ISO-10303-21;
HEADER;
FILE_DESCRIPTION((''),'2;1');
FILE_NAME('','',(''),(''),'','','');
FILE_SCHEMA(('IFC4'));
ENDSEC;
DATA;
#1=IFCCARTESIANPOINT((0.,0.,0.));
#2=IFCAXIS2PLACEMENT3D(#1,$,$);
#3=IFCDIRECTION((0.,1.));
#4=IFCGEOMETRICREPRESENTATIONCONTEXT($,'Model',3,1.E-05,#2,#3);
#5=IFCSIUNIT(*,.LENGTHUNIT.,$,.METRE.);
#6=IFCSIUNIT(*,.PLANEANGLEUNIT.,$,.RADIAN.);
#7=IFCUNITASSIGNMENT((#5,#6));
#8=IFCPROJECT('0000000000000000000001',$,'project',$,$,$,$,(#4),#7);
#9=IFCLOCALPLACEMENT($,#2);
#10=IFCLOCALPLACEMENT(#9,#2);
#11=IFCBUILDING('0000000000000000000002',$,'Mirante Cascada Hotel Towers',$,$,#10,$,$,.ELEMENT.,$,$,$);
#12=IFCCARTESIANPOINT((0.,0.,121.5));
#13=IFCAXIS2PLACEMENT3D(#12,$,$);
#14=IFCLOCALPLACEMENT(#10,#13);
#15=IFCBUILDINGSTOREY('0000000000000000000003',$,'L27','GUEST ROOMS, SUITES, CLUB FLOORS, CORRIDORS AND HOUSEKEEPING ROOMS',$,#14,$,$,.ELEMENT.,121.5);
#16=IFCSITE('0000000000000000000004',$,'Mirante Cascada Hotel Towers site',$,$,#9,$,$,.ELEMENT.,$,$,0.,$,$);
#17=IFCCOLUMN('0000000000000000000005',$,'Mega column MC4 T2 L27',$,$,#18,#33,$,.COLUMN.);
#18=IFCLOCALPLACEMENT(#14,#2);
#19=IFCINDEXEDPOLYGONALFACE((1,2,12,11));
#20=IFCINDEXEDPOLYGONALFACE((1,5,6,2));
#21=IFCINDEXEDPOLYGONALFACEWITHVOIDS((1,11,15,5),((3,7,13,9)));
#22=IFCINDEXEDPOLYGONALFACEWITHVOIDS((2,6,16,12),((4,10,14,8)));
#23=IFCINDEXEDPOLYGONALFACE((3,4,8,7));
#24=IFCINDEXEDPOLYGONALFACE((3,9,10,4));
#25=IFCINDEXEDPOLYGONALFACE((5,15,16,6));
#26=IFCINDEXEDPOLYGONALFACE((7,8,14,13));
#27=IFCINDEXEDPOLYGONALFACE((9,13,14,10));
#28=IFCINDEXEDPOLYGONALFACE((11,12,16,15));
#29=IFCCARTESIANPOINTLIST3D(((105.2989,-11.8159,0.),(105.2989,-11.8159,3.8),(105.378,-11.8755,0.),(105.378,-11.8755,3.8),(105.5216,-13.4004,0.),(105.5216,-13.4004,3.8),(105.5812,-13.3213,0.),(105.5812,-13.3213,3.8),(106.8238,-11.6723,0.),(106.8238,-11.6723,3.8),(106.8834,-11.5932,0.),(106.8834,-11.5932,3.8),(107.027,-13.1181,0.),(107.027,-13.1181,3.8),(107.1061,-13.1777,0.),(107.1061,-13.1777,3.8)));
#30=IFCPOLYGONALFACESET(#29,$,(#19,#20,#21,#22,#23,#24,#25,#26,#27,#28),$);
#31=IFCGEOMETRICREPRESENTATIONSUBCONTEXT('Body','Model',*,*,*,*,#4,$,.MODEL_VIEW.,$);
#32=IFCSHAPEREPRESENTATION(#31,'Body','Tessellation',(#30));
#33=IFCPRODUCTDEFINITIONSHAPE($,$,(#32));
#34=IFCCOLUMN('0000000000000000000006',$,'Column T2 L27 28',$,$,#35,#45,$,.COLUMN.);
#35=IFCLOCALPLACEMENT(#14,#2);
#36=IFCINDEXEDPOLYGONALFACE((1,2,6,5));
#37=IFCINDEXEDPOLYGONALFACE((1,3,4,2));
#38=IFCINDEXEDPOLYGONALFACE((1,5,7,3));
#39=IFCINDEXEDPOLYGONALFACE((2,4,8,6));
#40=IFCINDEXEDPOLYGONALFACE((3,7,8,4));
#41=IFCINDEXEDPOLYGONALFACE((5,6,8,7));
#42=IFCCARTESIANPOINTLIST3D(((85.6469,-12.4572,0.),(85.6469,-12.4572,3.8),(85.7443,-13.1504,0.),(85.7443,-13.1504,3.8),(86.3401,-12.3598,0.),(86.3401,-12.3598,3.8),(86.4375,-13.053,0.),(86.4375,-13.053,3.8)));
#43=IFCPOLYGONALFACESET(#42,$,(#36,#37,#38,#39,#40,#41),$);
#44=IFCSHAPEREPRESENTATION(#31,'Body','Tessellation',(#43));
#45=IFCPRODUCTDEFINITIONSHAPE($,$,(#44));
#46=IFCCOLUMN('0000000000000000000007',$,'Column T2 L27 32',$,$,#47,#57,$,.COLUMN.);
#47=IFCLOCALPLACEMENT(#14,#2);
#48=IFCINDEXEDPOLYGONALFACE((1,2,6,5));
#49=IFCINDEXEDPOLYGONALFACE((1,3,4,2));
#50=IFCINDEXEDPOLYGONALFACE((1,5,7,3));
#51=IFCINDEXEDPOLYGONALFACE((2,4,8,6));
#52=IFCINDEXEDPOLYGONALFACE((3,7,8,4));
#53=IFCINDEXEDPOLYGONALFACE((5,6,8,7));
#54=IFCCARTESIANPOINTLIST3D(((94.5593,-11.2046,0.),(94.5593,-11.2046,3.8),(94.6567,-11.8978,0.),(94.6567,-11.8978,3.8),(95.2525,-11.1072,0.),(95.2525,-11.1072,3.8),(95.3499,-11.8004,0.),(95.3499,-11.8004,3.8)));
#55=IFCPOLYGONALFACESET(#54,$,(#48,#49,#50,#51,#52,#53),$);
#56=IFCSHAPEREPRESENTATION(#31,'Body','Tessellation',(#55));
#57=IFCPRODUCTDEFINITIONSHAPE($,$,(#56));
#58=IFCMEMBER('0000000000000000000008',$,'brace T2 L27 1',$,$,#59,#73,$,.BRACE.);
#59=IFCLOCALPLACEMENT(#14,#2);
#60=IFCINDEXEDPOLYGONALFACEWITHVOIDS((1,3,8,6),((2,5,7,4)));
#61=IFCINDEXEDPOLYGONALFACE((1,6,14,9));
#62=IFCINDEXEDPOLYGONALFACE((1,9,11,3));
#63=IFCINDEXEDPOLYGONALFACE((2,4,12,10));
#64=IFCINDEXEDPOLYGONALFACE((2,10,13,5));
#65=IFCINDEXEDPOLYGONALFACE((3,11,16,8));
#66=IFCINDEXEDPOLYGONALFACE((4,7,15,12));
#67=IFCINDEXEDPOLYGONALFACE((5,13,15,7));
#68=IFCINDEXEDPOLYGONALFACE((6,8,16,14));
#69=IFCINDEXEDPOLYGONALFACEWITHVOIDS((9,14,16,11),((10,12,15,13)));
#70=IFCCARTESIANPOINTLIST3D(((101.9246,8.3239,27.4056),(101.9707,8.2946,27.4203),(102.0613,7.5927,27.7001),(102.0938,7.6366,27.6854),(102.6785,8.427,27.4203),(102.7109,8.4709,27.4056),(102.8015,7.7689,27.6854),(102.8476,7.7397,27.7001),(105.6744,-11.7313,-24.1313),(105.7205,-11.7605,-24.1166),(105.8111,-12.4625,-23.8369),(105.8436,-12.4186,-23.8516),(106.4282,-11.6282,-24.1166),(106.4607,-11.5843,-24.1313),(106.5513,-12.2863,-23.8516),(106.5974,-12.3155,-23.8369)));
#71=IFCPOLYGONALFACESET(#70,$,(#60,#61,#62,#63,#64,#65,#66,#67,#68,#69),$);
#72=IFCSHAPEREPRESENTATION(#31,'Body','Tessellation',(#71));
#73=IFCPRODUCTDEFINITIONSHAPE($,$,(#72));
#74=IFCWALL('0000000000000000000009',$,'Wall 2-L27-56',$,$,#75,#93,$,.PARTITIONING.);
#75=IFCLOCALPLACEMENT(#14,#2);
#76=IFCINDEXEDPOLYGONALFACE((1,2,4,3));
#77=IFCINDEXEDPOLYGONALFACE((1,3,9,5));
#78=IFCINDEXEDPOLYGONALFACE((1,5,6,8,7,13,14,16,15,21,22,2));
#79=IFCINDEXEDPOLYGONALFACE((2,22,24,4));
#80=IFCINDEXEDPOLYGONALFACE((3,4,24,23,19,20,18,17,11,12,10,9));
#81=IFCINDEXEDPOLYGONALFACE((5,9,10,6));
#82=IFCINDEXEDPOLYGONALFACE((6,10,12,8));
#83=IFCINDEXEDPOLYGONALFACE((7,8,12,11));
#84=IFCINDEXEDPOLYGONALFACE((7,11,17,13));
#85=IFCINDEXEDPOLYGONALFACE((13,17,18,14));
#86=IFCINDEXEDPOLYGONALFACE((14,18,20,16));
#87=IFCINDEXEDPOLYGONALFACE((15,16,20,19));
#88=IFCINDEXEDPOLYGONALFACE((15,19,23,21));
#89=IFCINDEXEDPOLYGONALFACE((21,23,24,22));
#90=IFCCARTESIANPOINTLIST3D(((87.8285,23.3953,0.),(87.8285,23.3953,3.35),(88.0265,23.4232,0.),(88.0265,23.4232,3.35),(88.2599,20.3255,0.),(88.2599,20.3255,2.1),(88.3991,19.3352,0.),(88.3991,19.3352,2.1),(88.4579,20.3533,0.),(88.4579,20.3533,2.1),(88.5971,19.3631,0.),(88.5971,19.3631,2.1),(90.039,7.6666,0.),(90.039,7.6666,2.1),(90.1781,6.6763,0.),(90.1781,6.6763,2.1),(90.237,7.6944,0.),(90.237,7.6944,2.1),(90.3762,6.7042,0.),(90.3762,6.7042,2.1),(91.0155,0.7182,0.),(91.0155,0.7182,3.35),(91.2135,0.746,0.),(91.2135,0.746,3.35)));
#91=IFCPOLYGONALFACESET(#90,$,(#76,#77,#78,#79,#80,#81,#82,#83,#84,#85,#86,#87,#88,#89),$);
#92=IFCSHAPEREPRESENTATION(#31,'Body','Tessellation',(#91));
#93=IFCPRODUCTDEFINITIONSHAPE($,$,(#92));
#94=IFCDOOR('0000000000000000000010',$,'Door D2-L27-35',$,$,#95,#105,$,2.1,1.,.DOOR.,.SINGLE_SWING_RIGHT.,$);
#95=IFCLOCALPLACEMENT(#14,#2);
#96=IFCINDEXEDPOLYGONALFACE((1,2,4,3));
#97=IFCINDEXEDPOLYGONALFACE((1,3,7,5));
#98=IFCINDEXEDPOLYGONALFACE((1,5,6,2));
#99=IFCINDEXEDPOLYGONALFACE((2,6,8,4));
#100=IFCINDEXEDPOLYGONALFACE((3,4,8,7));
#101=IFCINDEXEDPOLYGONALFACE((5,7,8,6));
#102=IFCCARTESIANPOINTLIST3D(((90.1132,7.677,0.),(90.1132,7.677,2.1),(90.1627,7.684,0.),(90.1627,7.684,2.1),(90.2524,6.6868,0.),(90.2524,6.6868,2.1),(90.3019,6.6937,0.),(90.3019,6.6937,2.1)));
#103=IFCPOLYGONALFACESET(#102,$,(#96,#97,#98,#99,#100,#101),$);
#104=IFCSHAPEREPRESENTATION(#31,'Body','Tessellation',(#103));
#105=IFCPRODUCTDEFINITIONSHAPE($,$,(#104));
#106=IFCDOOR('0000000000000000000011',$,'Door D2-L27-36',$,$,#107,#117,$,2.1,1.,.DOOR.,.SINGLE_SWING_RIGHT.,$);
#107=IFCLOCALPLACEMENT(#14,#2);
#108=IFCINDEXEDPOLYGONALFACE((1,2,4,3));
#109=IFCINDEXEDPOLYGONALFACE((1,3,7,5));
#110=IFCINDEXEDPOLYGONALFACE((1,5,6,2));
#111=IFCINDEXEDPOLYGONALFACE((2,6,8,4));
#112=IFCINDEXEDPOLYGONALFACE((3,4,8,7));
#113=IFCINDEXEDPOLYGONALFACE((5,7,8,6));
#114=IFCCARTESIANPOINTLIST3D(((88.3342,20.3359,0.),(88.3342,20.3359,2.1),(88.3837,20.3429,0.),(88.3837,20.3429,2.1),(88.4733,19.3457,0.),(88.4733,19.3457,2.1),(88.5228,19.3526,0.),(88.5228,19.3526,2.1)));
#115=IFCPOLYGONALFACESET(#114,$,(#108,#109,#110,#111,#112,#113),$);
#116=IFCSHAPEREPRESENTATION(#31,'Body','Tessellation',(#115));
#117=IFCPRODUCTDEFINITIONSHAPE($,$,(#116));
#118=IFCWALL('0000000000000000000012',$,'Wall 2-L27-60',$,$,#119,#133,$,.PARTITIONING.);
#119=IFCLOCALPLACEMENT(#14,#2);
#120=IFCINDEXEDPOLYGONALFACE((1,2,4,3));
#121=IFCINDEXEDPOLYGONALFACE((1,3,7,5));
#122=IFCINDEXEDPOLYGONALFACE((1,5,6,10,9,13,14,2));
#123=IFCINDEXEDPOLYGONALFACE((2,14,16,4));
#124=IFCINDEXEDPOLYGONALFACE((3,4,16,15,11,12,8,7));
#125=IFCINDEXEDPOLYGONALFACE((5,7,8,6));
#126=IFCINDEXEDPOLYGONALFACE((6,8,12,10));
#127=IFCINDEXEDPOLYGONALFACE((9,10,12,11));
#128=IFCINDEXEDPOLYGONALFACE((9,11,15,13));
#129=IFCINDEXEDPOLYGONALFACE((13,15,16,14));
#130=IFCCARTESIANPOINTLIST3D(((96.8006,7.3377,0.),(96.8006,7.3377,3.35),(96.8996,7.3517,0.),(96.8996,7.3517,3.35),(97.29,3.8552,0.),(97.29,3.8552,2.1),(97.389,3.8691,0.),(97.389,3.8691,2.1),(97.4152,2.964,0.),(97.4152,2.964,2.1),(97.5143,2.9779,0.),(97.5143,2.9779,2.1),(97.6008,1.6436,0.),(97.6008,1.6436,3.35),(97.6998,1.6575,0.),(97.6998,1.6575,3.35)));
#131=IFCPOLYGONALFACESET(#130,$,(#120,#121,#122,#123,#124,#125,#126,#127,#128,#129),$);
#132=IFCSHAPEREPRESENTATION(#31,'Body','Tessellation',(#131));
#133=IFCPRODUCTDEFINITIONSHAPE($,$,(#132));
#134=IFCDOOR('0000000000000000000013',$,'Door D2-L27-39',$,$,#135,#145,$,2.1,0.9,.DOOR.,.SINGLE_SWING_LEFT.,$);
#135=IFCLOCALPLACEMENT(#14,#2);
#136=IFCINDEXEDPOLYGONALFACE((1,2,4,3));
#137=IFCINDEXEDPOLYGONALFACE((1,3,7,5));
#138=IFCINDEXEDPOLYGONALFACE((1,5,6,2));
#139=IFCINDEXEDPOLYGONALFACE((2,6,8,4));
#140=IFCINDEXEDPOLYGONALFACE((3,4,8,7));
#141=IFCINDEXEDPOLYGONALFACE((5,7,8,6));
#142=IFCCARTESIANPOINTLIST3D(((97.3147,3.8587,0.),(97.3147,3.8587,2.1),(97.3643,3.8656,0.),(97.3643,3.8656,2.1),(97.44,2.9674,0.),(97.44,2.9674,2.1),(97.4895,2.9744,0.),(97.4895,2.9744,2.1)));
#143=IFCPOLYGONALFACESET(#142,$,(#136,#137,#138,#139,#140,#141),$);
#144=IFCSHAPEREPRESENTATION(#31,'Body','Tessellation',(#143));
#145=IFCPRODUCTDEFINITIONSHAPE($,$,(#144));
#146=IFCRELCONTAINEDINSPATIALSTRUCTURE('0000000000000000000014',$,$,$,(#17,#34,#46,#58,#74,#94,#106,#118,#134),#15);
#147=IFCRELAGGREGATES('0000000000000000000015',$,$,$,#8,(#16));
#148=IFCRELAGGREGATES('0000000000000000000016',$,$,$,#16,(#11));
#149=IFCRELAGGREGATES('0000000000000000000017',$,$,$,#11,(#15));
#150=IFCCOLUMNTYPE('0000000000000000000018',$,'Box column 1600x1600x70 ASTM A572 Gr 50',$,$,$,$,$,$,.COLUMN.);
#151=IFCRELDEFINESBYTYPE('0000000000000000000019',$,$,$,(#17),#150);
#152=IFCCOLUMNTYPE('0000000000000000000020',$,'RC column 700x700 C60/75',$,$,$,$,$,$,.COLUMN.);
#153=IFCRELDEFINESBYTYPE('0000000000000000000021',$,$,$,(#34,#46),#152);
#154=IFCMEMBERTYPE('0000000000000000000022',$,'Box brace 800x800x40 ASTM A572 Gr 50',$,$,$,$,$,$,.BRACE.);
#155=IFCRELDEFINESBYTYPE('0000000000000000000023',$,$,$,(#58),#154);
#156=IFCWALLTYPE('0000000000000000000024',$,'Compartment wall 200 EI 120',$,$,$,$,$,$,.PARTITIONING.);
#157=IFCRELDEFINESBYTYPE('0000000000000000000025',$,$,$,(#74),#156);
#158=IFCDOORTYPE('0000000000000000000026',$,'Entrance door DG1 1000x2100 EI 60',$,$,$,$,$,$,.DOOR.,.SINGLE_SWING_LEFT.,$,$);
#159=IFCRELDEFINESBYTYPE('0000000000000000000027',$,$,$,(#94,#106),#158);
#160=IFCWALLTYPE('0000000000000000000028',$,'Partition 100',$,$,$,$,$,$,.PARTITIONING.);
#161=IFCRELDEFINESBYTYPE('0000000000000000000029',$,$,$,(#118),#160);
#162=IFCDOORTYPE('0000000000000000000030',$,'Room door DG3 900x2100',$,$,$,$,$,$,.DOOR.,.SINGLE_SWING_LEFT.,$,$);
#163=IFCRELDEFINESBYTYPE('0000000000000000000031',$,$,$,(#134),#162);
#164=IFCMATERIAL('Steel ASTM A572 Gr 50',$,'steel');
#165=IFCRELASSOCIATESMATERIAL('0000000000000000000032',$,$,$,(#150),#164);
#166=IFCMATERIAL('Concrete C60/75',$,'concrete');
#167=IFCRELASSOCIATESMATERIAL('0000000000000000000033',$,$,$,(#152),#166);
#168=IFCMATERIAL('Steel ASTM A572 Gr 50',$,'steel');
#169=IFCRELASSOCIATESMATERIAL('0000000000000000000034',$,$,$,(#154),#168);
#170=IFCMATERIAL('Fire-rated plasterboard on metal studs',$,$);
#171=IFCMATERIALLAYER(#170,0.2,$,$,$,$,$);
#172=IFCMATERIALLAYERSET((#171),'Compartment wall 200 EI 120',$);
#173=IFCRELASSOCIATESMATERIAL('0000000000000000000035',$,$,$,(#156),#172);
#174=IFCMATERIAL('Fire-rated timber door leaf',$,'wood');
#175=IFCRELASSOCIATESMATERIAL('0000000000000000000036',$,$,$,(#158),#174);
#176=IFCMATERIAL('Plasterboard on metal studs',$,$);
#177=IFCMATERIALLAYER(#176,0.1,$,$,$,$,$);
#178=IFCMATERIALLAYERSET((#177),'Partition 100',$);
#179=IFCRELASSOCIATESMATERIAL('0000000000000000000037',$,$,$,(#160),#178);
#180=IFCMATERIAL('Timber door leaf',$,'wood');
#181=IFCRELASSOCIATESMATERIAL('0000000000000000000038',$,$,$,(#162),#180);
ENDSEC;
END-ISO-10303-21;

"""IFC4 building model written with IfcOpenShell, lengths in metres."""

from ifc_helpers import new_model, si_unit, direction, frame, frame_2d, origin, origin_2d, place, context, subcontext, project, spatial, rectangle, hollow_rectangle, extrude, material, layer, layer_set, material_profile, profile_set, type_object, element, fill, save


model = new_model("IFC4")

# Units and contexts
model_context = context("Model", 3, precision=1e-05, world=origin(), true_north=direction((0.0, 1.0)))
body_context = subcontext(model_context, "Body", "Model", "MODEL_VIEW")
ifc_project = project(units=[si_unit("LENGTHUNIT", "METRE"), si_unit("PLANEANGLEUNIT", "RADIAN")], contexts=[model_context])

# Site, building, storey
site_placement = place(None, origin())
site = spatial("IfcSite", under=ifc_project, at=site_placement, Name="Mirante Cascada Hotel Towers site", CompositionType="ELEMENT", RefElevation=0.0)
building_placement = place(site_placement, origin())
building = spatial("IfcBuilding", under=site, at=building_placement, Name="Mirante Cascada Hotel Towers", CompositionType="ELEMENT")
storey_placement = place(building_placement, frame((0.0, 0.0, 121.5)))
storey = spatial("IfcBuildingStorey", under=building, at=storey_placement, Name="L27", Description="GUEST ROOMS, SUITES, CLUB FLOORS, CORRIDORS AND HOUSEKEEPING ROOMS", CompositionType="ELEMENT", Elevation=121.5)

# Columns
ifc_material_1 = material(Name="Steel ASTM A572 Gr 50", Category="steel")
ifc_material_profile_1 = material_profile(ifc_material_1, hollow_rectangle(XDim=1.6, YDim=1.6, WallThickness=0.07, at=origin_2d()), Name="Box column 1600x1600x70 ASTM A572 Gr 50")
ifc_profile_set_1 = profile_set([ifc_material_profile_1], Name="Steel ASTM A572 Gr 50")
column_type_1 = type_object("IfcColumnType", Name="Box column 1600x1600x70 ASTM A572 Gr 50", PredefinedType="COLUMN", material=ifc_profile_set_1)
column_placement = place(storey_placement, frame((106.2025, -12.4968, 0.0), z_axis=(0.0, 0.0, 1.0), x_axis=(0.990268, 0.139173, 0.0)))
element("IfcColumn", 1, at=column_placement, inside=storey, type_object=column_type_1, Name="Mega column MC4 T2 L27", PredefinedType="COLUMN", context=body_context, shape_type="SweptSolid", body=[
    extrude(hollow_rectangle(XDim=1.6, YDim=1.6, WallThickness=0.07, at=origin_2d()), origin(), (0.0, 0.0, 1.0), 3.8),
])
ifc_material_2 = material(Name="Concrete C60/75", Category="concrete")
ifc_material_profile_2 = material_profile(ifc_material_2, rectangle(XDim=0.7, YDim=0.7, at=origin_2d()), Name="RC column 700x700 C60/75")
ifc_profile_set_2 = profile_set([ifc_material_profile_2], Name="Concrete C60/75")
column_type_2 = type_object("IfcColumnType", Name="RC column 700x700 C60/75", PredefinedType="COLUMN", material=ifc_profile_set_2)
for number, where, z_axis, x_axis, name in (
    (2, (86.0422, -12.7551, 0.0), (0.0, 0.0, 1.0), (0.990268, 0.139173, 0.0), "Column T2 L27 28"),
    (3, (94.9546, -11.5025, 0.0), (0.0, 0.0, 1.0), (0.990268, 0.139173, 0.0), "Column T2 L27 32"),
):
    element("IfcColumn", number, at=place(storey_placement, frame(where, z_axis=z_axis, x_axis=x_axis)), inside=storey, type_object=column_type_2, Name=name, PredefinedType="COLUMN", context=body_context, shape_type="SweptSolid", body=[
        extrude(rectangle(XDim=0.7, YDim=0.7, at=origin_2d()), origin(), (0.0, 0.0, 1.0), 3.8),
    ])

# Member
ifc_material_3 = material(Name="Steel ASTM A572 Gr 50", Category="steel")
ifc_material_profile_3 = material_profile(ifc_material_3, hollow_rectangle(XDim=0.8, YDim=0.8, WallThickness=0.04, at=origin_2d()), Name="Box brace 800x800x40 ASTM A572 Gr 50")
ifc_profile_set_3 = profile_set([ifc_material_profile_3], Name="Steel ASTM A572 Gr 50")
member_type = type_object("IfcMemberType", Name="Box brace 800x800x40 ASTM A572 Gr 50", PredefinedType="BRACE", material=ifc_profile_set_3)
member_placement = place(storey_placement, frame((106.1359, -12.0234, -23.9841), z_axis=(-0.067651, 0.36182, 0.92979), x_axis=(-0.982966, -0.183789, 0.0)))
element("IfcMember", 4, at=member_placement, inside=storey, type_object=member_type, Name="brace T2 L27 1", PredefinedType="BRACE", context=body_context, shape_type="SweptSolid", body=[
    extrude(hollow_rectangle(XDim=0.8, YDim=0.8, WallThickness=0.04, at=origin_2d()), origin(), (0.0, 0.0, 1.0), 55.4286),
])

# Wall, openings, doors
ifc_material_4 = material(Name="Fire-rated plasterboard on metal studs")
ifc_layer_1 = layer(ifc_material_4, 0.2)
ifc_layer_set_1 = layer_set([ifc_layer_1], Name="Compartment wall 200 EI 120")
wall_type_1 = type_object("IfcWallType", Name="Compartment wall 200 EI 120", PredefinedType="PARTITIONING", material=ifc_layer_set_1)
wall_1_placement = place(storey_placement, frame((91.1145, 0.7321, 0.0), z_axis=(0.0, 0.0, 1.0), x_axis=(-0.139171, 0.990268, 0.0)))
wall_1 = element("IfcWall", 5, at=wall_1_placement, inside=storey, type_object=wall_type_1, Name="Wall 2-L27-56", PredefinedType="PARTITIONING", context=body_context, shape_type="SweptSolid", body=[
    extrude(rectangle(XDim=22.9, YDim=0.2, at=frame_2d((11.45, 0.0))), origin(), (0.0, 0.0, 1.0), 3.35),
])
opening_1_placement = place(wall_1_placement, frame((6.0167, 0.0, 0.0)))
opening_1 = element("IfcOpeningElement", 6, at=opening_1_placement, cuts=wall_1, PredefinedType="OPENING", context=body_context, shape_type="SweptSolid", body=[
    extrude(rectangle(XDim=1.0, YDim=2.1, at=frame_2d((0.5, 1.05))), frame((0.0, 0.1, 0.0), z_axis=(0.0, -1.0, 0.0), x_axis=(1.0, 0.0, 0.0)), (0.0, 0.0, 1.0), 0.2),
])
opening_2_placement = place(wall_1_placement, frame((18.8, 0.0, 0.0)))
opening_2 = element("IfcOpeningElement", 7, at=opening_2_placement, cuts=wall_1, PredefinedType="OPENING", context=body_context, shape_type="SweptSolid", body=[
    extrude(rectangle(XDim=1.0, YDim=2.1, at=frame_2d((0.5, 1.05))), frame((0.0, 0.1, 0.0), z_axis=(0.0, -1.0, 0.0), x_axis=(1.0, 0.0, 0.0)), (0.0, 0.0, 1.0), 0.2),
])
ifc_material_5 = material(Name="Fire-rated timber door leaf", Category="wood")
door_type_1 = type_object("IfcDoorType", Name="Entrance door DG1 1000x2100 EI 60", OperationType="SINGLE_SWING_LEFT", PredefinedType="DOOR", material=ifc_material_5)
door_1_placement = place(opening_1_placement, frame((1.0, 0.0, 0.0), z_axis=(0.0, 0.0, 1.0), x_axis=(-1.0, 0.0, 0.0)))
door_1 = element("IfcDoor", 8, at=door_1_placement, inside=storey, type_object=door_type_1, Name="Door D2-L27-35", OperationType="SINGLE_SWING_RIGHT", OverallHeight=2.1, OverallWidth=1.0, PredefinedType="DOOR", context=body_context, shape_type="SweptSolid", body=[
    extrude(rectangle(XDim=1.0, YDim=2.1, at=frame_2d((0.5, 1.05))), frame((0.0, 0.025, 0.0), z_axis=(0.0, -1.0, 0.0), x_axis=(1.0, 0.0, 0.0)), (0.0, 0.0, 1.0), 0.05),
])
fill(opening_1, door_1)
door_2_placement = place(opening_2_placement, frame((1.0, 0.0, 0.0), z_axis=(0.0, 0.0, 1.0), x_axis=(-1.0, 0.0, 0.0)))
door_2 = element("IfcDoor", 9, at=door_2_placement, inside=storey, type_object=door_type_1, Name="Door D2-L27-36", OperationType="SINGLE_SWING_RIGHT", OverallHeight=2.1, OverallWidth=1.0, PredefinedType="DOOR", context=body_context, shape_type="SweptSolid", body=[
    extrude(rectangle(XDim=1.0, YDim=2.1, at=frame_2d((0.5, 1.05))), frame((0.0, 0.025, 0.0), z_axis=(0.0, -1.0, 0.0), x_axis=(1.0, 0.0, 0.0)), (0.0, 0.0, 1.0), 0.05),
])
fill(opening_2, door_2)

# Wall, opening, door
ifc_material_6 = material(Name="Plasterboard on metal studs")
ifc_layer_2 = layer(ifc_material_6, 0.1)
ifc_layer_set_2 = layer_set([ifc_layer_2], Name="Partition 100")
wall_type_2 = type_object("IfcWallType", Name="Partition 100", PredefinedType="PARTITIONING", material=ifc_layer_set_2)
wall_2_placement = place(storey_placement, frame((97.6503, 1.6506, 0.0), z_axis=(0.0, 0.0, 1.0), x_axis=(-0.139164, 0.990269, 0.0)))
wall_2 = element("IfcWall", 10, at=wall_2_placement, inside=storey, type_object=wall_type_2, Name="Wall 2-L27-60", PredefinedType="PARTITIONING", context=body_context, shape_type="SweptSolid", body=[
    extrude(rectangle(XDim=5.7501, YDim=0.1, at=frame_2d((2.875, 0.0))), origin(), (0.0, 0.0, 1.0), 3.35),
])
opening_3_placement = place(wall_2_placement, frame((1.3333, 0.0, 0.0)))
opening_3 = element("IfcOpeningElement", 11, at=opening_3_placement, cuts=wall_2, PredefinedType="OPENING", context=body_context, shape_type="SweptSolid", body=[
    extrude(rectangle(XDim=0.9, YDim=2.1, at=frame_2d((0.45, 1.05))), frame((0.0, 0.05, 0.0), z_axis=(0.0, -1.0, 0.0), x_axis=(1.0, 0.0, 0.0)), (0.0, 0.0, 1.0), 0.1),
])
ifc_material_7 = material(Name="Timber door leaf", Category="wood")
door_type_2 = type_object("IfcDoorType", Name="Room door DG3 900x2100", OperationType="SINGLE_SWING_LEFT", PredefinedType="DOOR", material=ifc_material_7)
door_3_placement = place(opening_3_placement, origin())
door_3 = element("IfcDoor", 12, at=door_3_placement, inside=storey, type_object=door_type_2, Name="Door D2-L27-39", OperationType="SINGLE_SWING_LEFT", OverallHeight=2.1, OverallWidth=0.9, PredefinedType="DOOR", context=body_context, shape_type="SweptSolid", body=[
    extrude(rectangle(XDim=0.9, YDim=2.1, at=frame_2d((0.45, 1.05))), frame((0.0, 0.025, 0.0), z_axis=(0.0, -1.0, 0.0), x_axis=(1.0, 0.0, 0.0)), (0.0, 0.0, 1.0), 0.05),
])
fill(opening_3, door_3)

save(model, "model.ifc")
